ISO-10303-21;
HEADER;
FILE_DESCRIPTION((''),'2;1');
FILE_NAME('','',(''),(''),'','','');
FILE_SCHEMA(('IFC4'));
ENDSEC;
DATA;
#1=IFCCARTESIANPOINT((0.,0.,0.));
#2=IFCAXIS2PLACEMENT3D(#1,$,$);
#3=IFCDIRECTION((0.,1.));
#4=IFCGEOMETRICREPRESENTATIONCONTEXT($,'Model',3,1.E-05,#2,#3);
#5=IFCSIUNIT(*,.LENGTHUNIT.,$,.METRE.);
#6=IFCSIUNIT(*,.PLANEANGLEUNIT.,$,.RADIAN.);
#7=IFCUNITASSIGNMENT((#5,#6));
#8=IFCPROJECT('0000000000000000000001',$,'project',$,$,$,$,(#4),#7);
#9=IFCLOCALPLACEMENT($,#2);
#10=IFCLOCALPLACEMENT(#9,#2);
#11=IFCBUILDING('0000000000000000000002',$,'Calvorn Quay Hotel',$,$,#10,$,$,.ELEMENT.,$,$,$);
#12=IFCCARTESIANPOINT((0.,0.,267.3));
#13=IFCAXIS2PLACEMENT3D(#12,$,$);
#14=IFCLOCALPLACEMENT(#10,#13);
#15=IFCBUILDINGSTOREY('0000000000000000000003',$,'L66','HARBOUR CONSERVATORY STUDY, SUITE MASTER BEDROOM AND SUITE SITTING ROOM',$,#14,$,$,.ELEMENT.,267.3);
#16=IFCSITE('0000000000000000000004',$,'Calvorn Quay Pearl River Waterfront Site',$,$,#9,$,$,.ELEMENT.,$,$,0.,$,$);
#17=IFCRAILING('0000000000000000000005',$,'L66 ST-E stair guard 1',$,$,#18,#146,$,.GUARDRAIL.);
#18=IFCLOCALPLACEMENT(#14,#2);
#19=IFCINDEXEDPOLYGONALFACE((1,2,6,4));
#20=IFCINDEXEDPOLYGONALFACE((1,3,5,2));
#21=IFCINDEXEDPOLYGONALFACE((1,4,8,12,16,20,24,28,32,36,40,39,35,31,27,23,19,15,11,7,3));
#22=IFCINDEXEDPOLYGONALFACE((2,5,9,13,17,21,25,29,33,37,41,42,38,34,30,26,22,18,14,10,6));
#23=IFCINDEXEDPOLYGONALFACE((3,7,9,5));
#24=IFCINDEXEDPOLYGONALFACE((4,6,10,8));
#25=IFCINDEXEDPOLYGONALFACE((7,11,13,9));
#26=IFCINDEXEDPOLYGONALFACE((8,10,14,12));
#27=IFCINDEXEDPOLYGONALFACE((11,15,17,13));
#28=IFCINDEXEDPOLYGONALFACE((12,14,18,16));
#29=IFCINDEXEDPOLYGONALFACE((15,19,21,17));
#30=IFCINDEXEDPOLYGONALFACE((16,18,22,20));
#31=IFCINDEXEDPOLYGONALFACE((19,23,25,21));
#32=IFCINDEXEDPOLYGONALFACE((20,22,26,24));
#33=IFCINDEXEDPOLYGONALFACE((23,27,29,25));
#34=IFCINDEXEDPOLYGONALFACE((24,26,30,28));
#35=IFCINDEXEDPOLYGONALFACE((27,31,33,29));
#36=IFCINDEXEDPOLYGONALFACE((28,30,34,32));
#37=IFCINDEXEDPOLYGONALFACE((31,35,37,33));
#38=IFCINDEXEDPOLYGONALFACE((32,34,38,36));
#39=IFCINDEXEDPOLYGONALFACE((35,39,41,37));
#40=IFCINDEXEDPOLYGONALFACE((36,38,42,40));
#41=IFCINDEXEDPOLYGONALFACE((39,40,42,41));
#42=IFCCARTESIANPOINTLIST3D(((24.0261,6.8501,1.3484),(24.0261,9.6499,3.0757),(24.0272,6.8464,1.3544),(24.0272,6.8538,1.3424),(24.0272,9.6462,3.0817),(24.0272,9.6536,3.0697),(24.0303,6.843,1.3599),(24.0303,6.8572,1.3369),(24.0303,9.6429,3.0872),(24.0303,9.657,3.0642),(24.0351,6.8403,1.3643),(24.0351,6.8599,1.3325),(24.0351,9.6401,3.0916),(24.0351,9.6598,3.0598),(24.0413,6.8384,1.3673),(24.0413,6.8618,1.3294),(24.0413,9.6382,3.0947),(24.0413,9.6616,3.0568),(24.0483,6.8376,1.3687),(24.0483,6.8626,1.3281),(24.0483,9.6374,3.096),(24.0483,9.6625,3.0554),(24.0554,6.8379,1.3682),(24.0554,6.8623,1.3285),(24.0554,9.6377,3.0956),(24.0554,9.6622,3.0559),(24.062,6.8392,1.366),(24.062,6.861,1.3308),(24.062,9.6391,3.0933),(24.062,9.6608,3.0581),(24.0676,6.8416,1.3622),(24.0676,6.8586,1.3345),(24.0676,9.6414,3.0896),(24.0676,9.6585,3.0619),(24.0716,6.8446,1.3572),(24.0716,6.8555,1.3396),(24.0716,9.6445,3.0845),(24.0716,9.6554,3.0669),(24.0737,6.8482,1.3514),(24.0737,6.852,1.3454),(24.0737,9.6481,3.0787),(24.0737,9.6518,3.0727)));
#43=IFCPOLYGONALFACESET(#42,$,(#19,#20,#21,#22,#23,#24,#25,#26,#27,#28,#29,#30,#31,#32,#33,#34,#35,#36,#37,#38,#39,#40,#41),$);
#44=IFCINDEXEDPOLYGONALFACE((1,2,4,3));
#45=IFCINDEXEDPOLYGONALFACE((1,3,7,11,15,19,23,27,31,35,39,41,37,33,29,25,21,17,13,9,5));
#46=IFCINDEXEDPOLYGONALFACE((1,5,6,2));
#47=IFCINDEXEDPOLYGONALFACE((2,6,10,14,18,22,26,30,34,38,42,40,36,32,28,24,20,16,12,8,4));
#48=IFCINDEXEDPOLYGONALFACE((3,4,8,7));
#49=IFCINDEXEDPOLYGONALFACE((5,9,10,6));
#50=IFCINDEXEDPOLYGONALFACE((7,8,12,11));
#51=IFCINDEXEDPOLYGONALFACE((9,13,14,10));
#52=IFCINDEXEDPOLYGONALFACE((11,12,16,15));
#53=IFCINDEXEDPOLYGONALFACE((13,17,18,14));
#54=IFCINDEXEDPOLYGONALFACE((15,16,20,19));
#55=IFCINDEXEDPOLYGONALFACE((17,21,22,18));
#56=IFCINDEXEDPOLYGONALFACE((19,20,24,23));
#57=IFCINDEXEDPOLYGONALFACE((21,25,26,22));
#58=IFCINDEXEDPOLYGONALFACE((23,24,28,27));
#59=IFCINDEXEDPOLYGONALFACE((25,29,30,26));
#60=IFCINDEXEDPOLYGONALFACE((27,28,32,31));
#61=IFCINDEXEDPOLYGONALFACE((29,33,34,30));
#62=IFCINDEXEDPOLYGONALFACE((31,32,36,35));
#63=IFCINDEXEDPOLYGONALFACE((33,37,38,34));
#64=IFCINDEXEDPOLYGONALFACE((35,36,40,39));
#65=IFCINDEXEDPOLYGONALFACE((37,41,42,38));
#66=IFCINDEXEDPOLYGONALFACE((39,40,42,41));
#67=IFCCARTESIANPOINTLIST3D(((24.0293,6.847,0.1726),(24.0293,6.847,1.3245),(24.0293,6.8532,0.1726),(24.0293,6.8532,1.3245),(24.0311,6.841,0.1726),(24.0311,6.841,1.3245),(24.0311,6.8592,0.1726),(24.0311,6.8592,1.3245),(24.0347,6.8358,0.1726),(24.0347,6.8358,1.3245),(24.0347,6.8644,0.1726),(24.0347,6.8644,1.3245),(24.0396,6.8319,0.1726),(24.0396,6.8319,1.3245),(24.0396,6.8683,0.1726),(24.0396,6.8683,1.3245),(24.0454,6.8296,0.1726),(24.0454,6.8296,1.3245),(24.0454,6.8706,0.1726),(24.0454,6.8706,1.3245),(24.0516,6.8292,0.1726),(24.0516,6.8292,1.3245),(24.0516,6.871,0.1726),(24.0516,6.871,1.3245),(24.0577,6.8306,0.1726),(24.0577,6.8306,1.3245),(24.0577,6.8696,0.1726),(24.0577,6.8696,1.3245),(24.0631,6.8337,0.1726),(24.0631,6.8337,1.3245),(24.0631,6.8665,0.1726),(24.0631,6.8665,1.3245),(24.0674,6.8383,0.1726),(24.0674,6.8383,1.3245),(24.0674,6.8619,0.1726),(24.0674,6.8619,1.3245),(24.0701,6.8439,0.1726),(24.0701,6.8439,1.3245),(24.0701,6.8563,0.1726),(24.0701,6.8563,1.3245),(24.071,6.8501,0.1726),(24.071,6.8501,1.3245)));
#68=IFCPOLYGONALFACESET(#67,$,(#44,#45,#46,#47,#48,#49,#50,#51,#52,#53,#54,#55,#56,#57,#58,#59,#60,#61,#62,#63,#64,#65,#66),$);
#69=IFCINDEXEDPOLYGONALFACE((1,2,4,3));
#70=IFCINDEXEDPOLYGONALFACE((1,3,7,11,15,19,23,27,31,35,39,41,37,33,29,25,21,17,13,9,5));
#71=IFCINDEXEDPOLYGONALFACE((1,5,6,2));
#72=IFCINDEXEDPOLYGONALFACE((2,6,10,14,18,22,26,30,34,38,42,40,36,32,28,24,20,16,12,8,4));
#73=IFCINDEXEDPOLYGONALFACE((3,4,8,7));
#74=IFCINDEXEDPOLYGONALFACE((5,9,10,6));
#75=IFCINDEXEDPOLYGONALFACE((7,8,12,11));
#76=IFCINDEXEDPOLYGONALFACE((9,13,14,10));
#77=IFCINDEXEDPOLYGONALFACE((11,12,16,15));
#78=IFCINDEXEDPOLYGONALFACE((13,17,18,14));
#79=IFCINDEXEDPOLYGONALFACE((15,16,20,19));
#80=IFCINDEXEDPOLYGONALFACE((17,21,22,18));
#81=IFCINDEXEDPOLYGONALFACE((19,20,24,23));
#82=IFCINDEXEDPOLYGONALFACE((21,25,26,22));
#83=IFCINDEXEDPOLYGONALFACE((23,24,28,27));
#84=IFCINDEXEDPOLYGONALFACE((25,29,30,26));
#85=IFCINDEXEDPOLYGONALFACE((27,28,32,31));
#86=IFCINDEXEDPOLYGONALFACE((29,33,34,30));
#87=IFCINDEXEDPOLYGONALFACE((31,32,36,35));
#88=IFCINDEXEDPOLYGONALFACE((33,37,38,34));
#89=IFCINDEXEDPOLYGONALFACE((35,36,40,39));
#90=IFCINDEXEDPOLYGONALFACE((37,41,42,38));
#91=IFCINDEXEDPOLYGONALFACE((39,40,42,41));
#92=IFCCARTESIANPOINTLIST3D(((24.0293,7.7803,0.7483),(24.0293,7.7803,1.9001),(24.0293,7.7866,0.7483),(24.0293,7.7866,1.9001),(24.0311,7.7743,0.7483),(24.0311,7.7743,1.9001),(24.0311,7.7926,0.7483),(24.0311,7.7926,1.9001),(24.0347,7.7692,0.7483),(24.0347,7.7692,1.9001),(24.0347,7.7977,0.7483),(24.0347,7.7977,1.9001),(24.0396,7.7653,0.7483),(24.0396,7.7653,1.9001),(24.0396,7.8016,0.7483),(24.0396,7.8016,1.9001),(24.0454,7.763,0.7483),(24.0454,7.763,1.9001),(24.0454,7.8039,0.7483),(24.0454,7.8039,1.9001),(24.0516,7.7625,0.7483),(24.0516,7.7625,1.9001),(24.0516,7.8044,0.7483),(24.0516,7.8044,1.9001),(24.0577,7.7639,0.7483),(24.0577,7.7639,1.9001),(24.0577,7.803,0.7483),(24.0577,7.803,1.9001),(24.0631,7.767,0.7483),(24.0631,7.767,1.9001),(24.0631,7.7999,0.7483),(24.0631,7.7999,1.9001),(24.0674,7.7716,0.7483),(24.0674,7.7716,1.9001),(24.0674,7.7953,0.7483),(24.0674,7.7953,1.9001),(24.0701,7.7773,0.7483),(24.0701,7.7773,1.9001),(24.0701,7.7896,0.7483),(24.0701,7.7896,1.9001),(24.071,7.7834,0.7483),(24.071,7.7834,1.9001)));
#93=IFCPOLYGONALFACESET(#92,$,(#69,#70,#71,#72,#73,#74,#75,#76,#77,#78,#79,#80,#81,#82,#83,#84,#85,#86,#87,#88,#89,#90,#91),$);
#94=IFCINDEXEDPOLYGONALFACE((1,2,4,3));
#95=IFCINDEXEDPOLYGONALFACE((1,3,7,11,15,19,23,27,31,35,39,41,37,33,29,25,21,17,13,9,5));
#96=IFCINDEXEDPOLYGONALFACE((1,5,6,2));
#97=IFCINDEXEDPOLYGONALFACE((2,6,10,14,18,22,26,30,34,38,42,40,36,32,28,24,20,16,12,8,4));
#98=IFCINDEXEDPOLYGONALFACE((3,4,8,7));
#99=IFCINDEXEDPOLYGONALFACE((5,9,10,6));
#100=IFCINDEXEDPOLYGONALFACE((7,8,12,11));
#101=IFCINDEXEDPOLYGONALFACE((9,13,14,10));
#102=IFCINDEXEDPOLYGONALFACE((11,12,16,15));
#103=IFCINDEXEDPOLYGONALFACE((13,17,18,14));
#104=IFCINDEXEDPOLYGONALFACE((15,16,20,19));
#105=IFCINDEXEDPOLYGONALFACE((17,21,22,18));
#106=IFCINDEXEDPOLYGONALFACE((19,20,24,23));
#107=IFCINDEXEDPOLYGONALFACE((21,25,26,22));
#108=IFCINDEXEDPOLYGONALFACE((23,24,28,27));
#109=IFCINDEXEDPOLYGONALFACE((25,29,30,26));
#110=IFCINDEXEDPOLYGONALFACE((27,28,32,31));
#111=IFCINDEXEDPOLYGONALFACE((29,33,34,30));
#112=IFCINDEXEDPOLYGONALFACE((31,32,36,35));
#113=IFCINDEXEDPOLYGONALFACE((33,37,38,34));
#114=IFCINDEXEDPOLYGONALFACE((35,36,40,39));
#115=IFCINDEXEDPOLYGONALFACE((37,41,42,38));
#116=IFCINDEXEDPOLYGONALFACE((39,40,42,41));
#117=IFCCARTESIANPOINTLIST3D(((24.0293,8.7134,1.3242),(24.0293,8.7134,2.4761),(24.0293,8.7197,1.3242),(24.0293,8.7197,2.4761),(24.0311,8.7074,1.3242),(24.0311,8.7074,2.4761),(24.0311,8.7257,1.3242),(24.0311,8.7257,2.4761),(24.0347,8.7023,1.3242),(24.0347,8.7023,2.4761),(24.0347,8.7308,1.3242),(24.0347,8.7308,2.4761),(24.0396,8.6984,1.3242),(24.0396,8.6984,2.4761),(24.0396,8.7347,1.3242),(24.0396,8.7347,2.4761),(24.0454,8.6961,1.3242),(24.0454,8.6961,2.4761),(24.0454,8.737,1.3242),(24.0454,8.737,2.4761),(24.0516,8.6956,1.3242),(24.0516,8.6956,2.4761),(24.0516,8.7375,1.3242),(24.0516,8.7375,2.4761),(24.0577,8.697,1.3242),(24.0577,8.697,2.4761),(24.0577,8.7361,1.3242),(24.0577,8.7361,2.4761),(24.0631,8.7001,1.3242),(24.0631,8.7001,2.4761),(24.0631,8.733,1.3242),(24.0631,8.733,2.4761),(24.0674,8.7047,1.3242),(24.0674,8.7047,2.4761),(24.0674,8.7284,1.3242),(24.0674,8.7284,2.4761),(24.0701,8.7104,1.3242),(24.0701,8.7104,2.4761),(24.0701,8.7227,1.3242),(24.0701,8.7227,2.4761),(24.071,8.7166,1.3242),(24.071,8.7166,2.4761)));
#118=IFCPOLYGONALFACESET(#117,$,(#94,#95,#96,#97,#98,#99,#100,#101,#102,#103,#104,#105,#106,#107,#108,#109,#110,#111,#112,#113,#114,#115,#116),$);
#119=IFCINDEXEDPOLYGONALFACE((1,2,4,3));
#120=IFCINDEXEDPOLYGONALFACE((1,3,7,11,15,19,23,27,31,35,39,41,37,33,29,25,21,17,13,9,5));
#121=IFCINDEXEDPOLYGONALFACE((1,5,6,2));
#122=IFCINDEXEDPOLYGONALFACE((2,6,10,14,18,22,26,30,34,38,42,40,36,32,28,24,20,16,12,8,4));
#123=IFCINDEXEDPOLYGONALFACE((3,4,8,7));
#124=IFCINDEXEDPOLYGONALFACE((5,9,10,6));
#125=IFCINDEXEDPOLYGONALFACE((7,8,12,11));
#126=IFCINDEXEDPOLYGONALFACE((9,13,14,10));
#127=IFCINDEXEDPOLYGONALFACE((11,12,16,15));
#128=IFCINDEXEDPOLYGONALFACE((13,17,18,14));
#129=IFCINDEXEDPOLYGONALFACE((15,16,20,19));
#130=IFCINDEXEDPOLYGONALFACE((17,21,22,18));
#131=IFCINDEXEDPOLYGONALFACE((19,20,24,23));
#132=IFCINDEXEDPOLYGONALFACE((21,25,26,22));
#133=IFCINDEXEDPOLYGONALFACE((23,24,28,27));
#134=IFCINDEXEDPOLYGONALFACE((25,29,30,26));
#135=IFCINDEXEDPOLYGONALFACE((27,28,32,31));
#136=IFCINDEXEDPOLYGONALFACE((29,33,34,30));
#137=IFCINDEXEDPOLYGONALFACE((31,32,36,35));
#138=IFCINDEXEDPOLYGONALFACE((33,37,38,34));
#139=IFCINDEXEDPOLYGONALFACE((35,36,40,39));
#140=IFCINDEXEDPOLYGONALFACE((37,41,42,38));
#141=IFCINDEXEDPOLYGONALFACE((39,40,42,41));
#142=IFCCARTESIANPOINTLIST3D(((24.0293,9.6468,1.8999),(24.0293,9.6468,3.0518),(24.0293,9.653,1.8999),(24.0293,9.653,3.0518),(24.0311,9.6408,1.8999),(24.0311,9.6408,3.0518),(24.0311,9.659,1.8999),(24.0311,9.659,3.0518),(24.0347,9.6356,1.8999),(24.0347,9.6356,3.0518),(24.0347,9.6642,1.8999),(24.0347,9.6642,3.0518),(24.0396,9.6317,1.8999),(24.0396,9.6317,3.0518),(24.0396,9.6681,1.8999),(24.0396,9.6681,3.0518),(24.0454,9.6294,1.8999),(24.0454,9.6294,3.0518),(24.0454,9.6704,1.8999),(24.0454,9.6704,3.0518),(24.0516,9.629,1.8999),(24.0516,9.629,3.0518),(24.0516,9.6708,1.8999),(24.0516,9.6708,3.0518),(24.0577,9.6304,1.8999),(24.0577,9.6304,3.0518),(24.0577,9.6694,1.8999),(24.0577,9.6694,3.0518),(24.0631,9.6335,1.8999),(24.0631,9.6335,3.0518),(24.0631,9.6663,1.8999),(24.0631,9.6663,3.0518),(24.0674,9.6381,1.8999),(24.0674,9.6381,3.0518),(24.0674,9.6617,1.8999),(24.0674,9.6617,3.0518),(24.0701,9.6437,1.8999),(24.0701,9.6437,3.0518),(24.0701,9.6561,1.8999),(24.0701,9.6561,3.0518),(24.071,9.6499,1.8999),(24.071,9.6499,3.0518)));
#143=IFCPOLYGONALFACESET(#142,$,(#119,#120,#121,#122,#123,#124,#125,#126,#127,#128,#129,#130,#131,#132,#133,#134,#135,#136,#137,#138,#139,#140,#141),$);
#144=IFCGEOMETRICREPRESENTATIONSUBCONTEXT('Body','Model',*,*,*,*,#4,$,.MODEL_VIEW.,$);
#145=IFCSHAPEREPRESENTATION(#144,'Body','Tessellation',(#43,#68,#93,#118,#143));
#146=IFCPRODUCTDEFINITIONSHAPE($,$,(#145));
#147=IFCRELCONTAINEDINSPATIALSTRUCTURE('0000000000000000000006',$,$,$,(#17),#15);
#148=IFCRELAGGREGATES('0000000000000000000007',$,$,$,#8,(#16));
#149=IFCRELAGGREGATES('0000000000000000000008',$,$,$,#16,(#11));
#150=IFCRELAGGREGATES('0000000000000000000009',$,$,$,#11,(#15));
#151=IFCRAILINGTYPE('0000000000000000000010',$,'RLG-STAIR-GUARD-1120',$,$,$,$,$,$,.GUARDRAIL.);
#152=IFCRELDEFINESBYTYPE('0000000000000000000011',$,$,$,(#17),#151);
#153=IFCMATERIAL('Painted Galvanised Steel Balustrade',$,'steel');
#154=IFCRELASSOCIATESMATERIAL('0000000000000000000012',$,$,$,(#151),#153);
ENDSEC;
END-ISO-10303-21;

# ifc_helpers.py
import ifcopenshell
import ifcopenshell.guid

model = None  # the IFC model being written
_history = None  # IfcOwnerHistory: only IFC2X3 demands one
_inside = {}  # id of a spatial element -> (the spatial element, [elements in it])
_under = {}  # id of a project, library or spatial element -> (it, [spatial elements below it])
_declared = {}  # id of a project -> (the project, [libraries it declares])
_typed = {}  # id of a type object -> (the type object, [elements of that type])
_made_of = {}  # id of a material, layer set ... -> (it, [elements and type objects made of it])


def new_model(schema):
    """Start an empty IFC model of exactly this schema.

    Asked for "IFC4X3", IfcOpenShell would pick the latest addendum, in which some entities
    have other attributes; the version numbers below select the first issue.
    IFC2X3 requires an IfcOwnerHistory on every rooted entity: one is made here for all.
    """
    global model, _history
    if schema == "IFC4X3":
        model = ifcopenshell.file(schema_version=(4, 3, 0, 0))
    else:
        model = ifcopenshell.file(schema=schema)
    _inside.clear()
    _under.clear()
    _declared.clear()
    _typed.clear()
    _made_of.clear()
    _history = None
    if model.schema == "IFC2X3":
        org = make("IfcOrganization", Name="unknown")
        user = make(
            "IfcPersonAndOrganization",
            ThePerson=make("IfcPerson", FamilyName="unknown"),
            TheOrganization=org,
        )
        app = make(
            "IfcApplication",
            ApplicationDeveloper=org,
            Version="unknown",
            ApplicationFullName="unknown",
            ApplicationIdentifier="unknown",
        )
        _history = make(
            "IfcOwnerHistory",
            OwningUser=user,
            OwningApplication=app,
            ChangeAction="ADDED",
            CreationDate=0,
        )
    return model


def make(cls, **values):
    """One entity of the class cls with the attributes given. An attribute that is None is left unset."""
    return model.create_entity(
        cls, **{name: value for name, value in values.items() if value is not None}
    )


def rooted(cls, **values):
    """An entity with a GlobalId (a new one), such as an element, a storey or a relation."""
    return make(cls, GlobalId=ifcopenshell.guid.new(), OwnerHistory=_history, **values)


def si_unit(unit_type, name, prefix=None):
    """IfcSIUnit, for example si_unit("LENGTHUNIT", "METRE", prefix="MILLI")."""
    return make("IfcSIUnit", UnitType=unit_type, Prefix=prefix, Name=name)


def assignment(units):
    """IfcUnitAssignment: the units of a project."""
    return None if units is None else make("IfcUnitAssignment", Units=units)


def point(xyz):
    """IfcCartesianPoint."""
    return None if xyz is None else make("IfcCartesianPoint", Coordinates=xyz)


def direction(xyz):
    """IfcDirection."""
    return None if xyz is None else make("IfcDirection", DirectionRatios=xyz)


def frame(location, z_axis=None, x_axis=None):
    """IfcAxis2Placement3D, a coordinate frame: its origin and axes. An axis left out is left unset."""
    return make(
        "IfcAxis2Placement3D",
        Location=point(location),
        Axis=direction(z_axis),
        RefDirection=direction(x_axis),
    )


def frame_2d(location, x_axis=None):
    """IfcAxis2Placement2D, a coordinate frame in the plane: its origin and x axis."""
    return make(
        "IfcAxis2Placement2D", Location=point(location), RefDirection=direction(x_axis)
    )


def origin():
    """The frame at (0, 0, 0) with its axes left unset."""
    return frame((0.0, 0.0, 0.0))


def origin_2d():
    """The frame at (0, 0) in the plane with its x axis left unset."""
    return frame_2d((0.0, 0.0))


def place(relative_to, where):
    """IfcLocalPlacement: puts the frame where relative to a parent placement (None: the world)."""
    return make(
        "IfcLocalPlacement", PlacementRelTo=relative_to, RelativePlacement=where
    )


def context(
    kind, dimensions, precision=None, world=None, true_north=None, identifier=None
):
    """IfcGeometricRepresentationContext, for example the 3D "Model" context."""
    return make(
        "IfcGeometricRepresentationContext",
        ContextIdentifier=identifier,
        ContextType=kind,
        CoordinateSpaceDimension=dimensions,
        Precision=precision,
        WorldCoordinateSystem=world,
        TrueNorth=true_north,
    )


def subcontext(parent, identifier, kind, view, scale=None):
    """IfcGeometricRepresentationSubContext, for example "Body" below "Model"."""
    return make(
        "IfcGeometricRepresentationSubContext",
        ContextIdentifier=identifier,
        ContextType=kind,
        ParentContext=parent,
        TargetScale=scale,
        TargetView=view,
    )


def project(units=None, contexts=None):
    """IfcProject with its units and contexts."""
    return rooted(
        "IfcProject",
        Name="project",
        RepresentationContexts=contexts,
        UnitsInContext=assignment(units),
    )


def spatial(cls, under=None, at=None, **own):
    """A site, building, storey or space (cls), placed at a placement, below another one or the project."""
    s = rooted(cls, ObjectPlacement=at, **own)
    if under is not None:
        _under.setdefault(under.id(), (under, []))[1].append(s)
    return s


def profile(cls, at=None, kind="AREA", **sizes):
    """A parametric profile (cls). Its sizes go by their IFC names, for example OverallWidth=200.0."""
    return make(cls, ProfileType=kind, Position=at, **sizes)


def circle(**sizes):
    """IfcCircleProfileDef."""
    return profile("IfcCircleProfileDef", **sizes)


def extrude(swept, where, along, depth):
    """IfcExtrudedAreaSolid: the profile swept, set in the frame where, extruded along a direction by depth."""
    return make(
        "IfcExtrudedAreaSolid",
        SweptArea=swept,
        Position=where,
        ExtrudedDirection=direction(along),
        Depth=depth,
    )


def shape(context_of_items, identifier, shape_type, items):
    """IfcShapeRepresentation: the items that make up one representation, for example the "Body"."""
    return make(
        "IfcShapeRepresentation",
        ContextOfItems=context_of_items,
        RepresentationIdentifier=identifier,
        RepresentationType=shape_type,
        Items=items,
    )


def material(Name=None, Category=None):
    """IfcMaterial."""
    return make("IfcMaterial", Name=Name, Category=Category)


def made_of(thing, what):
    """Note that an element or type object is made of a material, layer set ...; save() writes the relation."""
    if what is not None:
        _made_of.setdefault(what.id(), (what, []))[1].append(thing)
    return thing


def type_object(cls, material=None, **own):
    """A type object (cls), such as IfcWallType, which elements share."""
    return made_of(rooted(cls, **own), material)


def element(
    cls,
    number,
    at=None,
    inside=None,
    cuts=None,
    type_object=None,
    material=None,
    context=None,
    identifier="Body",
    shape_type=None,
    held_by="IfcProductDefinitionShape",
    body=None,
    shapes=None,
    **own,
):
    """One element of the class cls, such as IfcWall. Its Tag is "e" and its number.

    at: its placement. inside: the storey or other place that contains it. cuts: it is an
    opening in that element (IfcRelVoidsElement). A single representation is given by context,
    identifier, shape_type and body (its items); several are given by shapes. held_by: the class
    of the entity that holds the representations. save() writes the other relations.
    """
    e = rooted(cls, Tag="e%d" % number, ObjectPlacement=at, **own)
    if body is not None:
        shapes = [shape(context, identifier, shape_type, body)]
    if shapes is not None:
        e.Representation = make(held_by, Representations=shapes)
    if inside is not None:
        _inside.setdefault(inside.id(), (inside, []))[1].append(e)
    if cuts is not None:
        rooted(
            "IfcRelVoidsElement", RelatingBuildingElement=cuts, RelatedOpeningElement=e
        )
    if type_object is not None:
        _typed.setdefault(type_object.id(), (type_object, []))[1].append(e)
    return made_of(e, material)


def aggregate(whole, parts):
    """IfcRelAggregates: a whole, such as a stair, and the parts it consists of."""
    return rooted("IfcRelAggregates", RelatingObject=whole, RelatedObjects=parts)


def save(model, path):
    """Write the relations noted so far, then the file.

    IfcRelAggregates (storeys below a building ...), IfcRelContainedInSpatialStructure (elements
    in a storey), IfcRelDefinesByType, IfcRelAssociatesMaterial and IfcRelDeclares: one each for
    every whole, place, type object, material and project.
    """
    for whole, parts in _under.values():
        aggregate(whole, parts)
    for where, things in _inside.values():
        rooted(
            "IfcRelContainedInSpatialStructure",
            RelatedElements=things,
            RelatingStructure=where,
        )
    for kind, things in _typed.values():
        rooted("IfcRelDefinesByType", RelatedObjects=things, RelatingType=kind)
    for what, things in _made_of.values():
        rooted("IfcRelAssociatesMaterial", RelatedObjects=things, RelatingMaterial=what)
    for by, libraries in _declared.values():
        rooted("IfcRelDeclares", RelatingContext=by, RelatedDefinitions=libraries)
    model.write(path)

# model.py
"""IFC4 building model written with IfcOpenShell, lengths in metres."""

from ifc_helpers import new_model, si_unit, direction, frame, origin, origin_2d, place, context, subcontext, project, spatial, circle, extrude, material, type_object, element, save


model = new_model("IFC4")

# Units and contexts
model_context = context("Model", 3, precision=1e-05, world=origin(), true_north=direction((0.0, 1.0)))
body_context = subcontext(model_context, "Body", "Model", "MODEL_VIEW")
ifc_project = project(units=[si_unit("LENGTHUNIT", "METRE"), si_unit("PLANEANGLEUNIT", "RADIAN")], contexts=[model_context])

# Site, building, storey
site_placement = place(None, origin())
site = spatial("IfcSite", under=ifc_project, at=site_placement, Name="Calvorn Quay Pearl River Waterfront Site", CompositionType="ELEMENT", RefElevation=0.0)
building_placement = place(site_placement, origin())
building = spatial("IfcBuilding", under=site, at=building_placement, Name="Calvorn Quay Hotel", CompositionType="ELEMENT")
storey_placement = place(building_placement, frame((0.0, 0.0, 267.3)))
storey = spatial("IfcBuildingStorey", under=building, at=storey_placement, Name="L66", Description="HARBOUR CONSERVATORY STUDY, SUITE MASTER BEDROOM AND SUITE SITTING ROOM", CompositionType="ELEMENT", Elevation=267.3)

# Railing
ifc_material_1 = material(Name="Painted Galvanised Steel Balustrade", Category="steel")
railing_type_1 = type_object("IfcRailingType", Name="RLG-STAIR-GUARD-1120", PredefinedType="GUARDRAIL", material=ifc_material_1)
railing_1_placement = place(storey_placement, frame((24.05, 6.8501, 0.1726)))
element("IfcRailing", 1, at=railing_1_placement, inside=storey, type_object=railing_type_1, Name="L66 ST-E stair guard 1", PredefinedType="GUARDRAIL", context=body_context, shape_type="SweptSolid", body=[
    extrude(circle(Radius=0.0239, at=origin_2d()), frame((0.0, 0.0, 1.1758), z_axis=(0.0, 0.851069, 0.525054), x_axis=(-1.0, 0.0, 0.0)), (0.0, 0.0, 1.0), 3.2898),
    extrude(circle(Radius=0.021, at=origin_2d()), origin(), (0.0, 0.0, 1.0), 1.1519),
    extrude(circle(Radius=0.021, at=origin_2d()), frame((0.0, 0.9333, 0.5757)), (0.0, 0.0, 1.0), 1.1519),
    extrude(circle(Radius=0.021, at=origin_2d()), frame((0.0, 1.8665, 1.1516)), (0.0, 0.0, 1.0), 1.1519),
    extrude(circle(Radius=0.021, at=origin_2d()), frame((0.0, 2.7998, 1.7273)), (0.0, 0.0, 1.0), 1.1519),
])

save(model, "model.ifc")
